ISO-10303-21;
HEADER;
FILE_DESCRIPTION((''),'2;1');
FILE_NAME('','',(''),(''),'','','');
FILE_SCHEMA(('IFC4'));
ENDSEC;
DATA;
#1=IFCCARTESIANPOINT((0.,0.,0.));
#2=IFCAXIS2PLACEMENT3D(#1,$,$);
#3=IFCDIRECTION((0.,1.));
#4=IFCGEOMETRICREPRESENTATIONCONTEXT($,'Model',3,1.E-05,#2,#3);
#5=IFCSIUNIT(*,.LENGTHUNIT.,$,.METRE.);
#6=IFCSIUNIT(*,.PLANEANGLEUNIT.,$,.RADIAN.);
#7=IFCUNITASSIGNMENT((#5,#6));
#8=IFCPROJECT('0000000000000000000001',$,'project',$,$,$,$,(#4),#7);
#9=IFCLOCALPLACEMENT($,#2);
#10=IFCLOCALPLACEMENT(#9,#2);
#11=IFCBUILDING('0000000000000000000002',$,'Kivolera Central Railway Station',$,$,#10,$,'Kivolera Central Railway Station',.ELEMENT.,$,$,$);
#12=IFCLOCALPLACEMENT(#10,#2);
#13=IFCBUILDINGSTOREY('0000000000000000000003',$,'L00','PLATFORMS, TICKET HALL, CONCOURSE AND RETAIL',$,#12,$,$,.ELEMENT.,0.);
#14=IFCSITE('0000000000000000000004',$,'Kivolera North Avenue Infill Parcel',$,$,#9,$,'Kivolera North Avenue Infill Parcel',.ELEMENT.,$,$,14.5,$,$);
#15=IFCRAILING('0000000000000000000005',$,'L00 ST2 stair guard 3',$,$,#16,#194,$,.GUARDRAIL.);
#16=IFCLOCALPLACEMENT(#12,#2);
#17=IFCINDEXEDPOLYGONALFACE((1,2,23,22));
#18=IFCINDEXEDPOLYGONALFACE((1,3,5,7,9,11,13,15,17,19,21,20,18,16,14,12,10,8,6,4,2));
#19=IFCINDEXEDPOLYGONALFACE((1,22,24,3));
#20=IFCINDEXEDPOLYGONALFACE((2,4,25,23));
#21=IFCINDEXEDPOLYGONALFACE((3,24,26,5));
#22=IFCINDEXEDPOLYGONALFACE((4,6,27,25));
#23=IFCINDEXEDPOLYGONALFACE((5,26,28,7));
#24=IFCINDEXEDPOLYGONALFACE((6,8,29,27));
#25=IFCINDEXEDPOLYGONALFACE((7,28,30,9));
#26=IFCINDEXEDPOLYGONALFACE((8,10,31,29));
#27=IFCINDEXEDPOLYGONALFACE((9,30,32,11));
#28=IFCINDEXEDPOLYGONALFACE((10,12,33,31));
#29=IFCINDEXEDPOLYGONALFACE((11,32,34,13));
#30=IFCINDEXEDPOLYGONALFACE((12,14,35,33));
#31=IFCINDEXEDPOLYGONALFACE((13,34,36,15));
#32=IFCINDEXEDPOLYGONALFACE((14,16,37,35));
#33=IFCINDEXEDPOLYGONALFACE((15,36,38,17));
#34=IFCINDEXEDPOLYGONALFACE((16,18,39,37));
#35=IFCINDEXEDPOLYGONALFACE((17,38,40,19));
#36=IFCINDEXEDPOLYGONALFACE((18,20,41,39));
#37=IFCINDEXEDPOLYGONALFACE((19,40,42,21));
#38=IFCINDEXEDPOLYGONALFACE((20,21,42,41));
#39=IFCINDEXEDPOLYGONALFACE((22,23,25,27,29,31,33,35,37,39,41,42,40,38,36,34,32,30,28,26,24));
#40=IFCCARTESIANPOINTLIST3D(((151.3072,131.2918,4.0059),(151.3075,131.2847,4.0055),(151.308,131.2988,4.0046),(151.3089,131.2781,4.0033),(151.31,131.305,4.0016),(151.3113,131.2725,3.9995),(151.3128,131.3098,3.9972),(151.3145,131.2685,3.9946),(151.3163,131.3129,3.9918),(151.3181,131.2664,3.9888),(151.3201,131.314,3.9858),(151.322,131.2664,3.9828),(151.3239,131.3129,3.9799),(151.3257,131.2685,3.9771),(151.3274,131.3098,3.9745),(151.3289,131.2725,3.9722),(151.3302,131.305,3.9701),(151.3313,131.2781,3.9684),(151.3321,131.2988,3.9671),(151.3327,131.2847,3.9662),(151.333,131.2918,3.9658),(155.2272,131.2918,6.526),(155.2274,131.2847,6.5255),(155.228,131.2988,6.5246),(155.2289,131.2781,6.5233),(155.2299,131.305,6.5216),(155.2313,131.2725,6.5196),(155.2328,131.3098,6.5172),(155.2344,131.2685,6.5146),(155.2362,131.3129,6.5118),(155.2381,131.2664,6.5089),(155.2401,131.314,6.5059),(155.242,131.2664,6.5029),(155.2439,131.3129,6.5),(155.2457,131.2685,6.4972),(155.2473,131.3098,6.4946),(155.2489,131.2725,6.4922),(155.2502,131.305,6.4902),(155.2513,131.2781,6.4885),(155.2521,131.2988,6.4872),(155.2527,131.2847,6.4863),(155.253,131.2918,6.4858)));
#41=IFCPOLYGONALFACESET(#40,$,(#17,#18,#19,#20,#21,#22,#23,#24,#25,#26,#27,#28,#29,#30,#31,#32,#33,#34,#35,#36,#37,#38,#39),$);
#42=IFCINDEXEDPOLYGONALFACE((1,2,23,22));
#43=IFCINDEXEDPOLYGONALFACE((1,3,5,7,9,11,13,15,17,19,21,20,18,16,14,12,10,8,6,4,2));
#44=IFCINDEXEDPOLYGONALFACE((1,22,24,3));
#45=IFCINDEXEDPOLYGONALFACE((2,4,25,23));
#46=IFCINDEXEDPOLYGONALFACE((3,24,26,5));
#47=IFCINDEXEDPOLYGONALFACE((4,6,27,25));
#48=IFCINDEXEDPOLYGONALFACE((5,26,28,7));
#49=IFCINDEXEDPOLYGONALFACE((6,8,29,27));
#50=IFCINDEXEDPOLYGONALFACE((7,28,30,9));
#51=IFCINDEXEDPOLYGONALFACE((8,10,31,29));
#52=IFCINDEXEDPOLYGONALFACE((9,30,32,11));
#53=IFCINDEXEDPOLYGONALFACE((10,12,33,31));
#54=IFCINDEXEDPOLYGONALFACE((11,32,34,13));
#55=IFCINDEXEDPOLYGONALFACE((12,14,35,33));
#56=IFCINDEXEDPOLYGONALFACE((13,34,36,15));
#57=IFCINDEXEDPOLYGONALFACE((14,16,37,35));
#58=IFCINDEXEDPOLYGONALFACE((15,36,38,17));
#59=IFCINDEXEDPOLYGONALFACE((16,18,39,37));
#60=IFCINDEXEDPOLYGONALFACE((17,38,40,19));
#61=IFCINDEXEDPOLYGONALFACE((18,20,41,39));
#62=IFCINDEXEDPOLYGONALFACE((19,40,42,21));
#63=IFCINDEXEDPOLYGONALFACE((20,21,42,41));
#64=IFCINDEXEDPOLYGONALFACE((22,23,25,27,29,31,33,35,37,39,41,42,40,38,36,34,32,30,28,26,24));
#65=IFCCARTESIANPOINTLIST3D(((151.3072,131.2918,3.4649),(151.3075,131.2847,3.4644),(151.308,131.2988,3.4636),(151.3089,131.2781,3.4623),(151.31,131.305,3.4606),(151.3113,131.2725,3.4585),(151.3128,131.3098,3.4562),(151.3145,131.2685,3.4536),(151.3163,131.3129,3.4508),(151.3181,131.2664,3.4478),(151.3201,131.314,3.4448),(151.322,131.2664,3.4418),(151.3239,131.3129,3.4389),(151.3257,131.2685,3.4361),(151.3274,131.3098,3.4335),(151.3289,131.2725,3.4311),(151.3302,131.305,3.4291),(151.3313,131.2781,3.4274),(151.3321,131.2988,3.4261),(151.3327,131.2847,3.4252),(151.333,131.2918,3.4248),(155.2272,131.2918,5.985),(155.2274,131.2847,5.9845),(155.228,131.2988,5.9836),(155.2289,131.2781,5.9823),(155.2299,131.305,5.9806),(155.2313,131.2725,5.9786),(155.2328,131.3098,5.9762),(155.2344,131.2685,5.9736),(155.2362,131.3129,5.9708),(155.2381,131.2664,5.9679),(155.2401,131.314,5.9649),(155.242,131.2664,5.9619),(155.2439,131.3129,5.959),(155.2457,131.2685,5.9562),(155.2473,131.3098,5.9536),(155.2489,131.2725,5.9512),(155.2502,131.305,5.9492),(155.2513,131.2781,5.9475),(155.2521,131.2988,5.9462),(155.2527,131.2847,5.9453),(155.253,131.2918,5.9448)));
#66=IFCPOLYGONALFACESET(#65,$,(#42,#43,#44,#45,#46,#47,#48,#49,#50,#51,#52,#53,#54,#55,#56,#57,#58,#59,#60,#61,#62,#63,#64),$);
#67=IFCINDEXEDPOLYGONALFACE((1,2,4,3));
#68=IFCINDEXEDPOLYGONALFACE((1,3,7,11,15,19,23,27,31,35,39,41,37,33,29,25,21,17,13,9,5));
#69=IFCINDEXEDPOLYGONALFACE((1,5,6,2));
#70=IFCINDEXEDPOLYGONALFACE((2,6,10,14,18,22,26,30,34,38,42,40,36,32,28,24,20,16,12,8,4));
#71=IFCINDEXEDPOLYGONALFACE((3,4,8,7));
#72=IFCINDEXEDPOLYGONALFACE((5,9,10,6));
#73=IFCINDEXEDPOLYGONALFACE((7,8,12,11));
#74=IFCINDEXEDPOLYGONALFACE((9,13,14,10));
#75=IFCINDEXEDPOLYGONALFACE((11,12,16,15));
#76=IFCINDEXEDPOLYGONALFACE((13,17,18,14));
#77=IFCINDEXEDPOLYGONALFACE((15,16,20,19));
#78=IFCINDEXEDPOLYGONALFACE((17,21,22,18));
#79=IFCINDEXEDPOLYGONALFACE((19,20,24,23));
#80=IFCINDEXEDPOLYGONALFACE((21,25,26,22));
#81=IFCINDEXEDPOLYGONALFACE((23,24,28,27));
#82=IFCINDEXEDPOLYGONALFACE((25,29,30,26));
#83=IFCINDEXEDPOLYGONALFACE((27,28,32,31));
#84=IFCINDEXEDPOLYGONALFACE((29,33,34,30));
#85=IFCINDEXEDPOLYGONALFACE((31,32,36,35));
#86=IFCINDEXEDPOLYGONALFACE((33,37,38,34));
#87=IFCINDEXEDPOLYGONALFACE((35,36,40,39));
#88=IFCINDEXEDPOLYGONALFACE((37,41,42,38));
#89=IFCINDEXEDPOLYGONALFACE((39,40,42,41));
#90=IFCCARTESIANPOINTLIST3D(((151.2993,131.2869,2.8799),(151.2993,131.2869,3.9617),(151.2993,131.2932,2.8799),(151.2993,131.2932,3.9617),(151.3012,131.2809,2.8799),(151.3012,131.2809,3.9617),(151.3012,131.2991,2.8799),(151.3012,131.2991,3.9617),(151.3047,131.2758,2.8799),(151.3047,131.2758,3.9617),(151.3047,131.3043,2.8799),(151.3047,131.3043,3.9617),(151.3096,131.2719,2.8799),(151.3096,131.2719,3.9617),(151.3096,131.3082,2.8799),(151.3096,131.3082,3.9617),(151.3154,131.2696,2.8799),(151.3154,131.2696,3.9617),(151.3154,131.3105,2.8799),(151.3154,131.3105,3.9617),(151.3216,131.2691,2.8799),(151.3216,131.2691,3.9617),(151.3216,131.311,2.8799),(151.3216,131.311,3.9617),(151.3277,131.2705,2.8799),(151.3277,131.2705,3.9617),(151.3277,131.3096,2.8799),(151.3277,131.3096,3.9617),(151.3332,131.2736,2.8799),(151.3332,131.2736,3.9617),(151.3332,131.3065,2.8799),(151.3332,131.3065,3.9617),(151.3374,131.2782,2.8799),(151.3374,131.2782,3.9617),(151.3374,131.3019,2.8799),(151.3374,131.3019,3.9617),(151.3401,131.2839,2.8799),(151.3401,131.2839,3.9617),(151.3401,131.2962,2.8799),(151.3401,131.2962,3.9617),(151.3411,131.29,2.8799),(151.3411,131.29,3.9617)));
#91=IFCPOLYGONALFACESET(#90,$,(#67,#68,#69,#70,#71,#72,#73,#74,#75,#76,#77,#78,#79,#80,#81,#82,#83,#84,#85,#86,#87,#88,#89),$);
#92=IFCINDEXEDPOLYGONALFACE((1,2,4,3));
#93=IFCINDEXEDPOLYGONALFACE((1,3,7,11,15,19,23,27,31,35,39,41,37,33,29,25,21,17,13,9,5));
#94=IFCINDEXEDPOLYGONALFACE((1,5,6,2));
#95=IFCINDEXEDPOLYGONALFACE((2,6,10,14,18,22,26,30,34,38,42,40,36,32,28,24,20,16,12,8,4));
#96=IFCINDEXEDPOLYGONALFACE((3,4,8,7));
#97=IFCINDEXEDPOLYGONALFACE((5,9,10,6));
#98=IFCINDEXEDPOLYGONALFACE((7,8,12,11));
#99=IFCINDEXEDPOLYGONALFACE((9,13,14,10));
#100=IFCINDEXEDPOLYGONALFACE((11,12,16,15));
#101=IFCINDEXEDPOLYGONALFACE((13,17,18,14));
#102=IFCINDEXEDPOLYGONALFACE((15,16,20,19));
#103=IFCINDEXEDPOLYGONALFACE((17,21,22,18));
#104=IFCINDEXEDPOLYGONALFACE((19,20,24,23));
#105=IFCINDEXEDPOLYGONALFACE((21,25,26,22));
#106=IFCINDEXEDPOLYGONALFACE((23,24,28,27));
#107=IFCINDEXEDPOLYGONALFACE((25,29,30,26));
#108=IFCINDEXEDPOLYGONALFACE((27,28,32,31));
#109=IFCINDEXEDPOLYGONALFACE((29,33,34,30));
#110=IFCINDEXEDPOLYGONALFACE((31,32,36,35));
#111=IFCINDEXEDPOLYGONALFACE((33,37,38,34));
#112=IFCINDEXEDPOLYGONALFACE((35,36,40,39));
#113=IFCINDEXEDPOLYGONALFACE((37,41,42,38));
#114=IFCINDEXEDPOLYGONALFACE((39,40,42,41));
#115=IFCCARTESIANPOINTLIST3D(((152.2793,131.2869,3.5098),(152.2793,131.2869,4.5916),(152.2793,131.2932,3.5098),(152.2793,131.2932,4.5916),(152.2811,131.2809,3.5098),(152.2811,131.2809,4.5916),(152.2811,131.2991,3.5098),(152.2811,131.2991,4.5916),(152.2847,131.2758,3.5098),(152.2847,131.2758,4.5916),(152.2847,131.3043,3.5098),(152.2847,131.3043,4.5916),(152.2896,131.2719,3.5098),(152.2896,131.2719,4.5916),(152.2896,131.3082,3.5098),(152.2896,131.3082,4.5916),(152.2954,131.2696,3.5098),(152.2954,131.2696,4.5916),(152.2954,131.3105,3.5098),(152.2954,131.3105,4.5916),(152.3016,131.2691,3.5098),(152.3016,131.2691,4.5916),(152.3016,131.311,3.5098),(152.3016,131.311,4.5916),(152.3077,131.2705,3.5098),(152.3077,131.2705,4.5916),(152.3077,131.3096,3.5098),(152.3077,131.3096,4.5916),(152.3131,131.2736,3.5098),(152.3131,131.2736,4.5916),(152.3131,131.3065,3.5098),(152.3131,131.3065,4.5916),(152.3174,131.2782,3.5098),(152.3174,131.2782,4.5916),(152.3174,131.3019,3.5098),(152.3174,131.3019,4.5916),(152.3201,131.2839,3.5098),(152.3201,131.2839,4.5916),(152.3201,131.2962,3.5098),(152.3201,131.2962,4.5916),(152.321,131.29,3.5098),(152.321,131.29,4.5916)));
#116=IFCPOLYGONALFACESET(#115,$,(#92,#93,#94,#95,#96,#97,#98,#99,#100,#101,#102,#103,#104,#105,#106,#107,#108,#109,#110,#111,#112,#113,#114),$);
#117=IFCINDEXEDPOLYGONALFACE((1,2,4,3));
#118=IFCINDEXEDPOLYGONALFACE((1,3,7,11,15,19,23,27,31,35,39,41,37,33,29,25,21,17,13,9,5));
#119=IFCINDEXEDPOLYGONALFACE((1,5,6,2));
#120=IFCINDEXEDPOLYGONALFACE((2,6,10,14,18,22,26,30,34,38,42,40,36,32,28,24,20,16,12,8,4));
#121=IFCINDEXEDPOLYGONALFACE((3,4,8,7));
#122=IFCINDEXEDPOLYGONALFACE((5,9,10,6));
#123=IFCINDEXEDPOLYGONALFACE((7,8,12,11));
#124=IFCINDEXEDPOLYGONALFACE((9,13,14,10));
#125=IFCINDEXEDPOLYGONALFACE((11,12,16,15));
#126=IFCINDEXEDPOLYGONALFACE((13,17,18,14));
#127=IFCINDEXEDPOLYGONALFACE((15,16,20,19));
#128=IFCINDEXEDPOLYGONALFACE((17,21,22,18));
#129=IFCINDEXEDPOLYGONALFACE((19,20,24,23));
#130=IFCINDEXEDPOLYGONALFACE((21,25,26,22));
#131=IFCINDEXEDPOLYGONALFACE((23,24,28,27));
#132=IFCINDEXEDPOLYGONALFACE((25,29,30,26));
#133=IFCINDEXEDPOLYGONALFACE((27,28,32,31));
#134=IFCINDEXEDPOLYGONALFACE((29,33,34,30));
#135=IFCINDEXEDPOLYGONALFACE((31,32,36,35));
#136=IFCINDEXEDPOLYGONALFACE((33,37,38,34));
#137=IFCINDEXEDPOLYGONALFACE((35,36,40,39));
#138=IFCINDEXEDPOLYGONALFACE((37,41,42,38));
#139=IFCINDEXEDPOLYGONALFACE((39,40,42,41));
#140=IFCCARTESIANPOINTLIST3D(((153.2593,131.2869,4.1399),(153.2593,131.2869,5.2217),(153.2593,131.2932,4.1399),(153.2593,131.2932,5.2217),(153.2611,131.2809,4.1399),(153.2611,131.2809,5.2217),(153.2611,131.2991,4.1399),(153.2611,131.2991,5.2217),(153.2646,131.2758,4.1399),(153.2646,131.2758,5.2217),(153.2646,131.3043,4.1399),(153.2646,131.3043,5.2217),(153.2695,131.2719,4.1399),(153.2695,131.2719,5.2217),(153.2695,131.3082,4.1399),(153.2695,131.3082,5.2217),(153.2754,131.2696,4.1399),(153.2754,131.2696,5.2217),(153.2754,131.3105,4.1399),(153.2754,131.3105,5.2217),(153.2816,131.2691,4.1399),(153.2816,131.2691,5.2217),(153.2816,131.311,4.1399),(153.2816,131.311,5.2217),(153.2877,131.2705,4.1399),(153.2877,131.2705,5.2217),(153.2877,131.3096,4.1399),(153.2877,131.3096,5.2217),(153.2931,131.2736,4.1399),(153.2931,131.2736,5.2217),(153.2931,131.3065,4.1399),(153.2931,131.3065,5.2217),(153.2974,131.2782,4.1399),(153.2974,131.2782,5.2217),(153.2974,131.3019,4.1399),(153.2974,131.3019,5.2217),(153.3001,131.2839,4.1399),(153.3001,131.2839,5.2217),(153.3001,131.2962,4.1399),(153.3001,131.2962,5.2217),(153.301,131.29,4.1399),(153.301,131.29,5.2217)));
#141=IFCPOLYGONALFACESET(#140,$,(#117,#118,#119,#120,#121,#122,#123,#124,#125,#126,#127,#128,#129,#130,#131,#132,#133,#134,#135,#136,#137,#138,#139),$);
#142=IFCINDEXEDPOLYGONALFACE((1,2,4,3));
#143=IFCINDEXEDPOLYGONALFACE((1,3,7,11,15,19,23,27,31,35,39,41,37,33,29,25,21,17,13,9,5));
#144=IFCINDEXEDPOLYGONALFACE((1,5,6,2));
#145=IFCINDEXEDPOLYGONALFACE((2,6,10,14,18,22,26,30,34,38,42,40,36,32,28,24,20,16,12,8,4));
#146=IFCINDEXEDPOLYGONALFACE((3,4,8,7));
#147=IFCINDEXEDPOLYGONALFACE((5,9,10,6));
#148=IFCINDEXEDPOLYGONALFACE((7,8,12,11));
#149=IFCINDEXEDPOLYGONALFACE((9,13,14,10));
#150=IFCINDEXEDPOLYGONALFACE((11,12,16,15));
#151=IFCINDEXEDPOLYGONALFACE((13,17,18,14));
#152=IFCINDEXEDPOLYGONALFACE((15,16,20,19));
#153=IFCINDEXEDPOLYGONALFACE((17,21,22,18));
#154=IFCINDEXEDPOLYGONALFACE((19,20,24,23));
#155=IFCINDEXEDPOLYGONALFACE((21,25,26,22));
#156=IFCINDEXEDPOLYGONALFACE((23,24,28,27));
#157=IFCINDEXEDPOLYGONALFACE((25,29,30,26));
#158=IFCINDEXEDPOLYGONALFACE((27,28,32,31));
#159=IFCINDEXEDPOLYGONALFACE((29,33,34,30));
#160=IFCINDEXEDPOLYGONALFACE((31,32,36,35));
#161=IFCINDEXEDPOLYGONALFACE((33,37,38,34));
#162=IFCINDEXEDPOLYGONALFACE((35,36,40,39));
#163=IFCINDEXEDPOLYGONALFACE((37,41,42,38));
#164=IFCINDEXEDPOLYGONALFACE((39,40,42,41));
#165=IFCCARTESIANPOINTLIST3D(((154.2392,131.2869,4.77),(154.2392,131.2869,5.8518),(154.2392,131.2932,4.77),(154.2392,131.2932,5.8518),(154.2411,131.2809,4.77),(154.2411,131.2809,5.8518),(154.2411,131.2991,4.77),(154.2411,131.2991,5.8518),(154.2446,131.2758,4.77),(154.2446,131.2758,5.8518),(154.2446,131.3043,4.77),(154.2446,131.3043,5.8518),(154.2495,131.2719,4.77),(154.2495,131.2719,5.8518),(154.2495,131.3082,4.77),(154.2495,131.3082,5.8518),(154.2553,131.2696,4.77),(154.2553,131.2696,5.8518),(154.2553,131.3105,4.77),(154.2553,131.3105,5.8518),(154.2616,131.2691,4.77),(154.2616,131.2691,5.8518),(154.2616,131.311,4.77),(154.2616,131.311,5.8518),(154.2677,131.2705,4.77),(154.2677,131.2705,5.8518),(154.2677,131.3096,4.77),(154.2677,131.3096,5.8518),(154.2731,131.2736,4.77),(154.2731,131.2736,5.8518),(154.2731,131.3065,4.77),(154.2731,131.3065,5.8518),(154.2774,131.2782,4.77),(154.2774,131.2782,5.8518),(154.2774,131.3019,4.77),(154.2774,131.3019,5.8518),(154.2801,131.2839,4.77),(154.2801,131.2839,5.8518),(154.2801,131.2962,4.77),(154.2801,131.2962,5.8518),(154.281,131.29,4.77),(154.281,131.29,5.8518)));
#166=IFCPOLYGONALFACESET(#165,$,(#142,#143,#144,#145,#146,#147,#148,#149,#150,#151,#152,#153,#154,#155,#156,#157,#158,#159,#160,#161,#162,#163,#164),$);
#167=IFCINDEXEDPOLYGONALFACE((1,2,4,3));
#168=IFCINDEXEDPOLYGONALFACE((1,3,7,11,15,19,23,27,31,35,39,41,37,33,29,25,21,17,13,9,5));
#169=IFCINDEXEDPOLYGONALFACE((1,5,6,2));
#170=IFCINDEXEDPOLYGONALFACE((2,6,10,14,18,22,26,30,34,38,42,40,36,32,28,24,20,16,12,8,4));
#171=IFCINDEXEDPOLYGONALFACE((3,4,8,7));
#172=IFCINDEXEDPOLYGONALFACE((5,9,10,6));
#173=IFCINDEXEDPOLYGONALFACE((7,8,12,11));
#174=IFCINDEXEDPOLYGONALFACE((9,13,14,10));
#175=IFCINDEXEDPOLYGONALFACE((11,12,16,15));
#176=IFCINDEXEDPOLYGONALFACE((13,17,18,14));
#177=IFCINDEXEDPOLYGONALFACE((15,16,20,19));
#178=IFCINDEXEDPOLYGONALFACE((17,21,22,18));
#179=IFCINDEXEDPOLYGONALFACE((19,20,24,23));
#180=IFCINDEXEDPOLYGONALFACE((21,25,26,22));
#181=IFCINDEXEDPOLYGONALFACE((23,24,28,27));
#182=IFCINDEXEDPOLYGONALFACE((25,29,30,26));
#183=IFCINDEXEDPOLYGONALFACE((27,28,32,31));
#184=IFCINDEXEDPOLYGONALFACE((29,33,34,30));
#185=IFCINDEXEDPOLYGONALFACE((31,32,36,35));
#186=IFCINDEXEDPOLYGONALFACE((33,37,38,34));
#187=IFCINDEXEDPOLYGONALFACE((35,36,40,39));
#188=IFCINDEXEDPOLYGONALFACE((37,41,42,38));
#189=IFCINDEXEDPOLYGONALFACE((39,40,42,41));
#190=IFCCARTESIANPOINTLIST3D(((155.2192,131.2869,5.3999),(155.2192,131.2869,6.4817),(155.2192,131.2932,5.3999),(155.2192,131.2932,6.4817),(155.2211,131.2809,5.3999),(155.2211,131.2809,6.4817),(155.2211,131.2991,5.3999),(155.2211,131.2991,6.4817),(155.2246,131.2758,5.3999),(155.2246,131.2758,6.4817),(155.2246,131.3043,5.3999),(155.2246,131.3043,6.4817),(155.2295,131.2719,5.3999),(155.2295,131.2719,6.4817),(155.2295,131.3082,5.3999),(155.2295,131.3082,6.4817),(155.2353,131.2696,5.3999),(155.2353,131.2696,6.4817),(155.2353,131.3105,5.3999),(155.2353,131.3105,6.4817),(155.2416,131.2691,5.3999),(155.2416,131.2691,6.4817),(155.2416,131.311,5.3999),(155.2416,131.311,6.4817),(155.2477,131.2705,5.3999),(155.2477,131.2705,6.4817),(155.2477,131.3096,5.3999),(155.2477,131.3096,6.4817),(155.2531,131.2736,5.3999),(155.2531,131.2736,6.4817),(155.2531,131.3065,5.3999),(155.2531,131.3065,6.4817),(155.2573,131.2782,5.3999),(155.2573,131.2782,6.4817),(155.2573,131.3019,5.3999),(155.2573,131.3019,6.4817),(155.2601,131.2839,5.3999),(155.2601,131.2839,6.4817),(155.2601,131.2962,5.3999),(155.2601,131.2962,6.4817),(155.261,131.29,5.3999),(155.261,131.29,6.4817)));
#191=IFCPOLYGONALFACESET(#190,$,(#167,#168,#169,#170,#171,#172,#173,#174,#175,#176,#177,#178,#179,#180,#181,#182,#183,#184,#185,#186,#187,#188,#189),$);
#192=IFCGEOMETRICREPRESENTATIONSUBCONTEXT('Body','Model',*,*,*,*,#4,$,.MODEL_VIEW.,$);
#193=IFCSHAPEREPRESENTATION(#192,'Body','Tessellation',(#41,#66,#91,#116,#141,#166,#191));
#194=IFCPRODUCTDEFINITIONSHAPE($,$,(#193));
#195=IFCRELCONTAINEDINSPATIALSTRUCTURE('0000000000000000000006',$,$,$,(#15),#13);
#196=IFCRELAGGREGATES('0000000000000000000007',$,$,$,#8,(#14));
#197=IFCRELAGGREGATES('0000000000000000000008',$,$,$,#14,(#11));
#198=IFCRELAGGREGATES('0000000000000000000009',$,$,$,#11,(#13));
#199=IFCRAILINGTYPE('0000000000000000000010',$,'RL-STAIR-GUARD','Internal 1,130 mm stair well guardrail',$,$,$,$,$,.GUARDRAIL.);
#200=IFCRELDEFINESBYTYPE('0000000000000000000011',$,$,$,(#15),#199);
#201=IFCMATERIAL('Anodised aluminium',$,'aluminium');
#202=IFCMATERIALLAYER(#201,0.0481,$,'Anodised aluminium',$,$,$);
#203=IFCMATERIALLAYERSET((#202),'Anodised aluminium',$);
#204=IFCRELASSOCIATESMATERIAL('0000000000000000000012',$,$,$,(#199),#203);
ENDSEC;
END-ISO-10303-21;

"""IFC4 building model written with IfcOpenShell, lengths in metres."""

from ifc_helpers import new_model, si_unit, direction, frame, origin, origin_2d, place, context, subcontext, project, spatial, circle, extrude, material, layer, layer_set, type_object, element, save


model = new_model("IFC4")

# Units and contexts
model_context = context("Model", 3, precision=1e-05, world=origin(), true_north=direction((0.0, 1.0)))
body_context = subcontext(model_context, "Body", "Model", "MODEL_VIEW")
ifc_project = project(units=[si_unit("LENGTHUNIT", "METRE"), si_unit("PLANEANGLEUNIT", "RADIAN")], contexts=[model_context])

# Site, building, storey
site_placement = place(None, origin())
site = spatial("IfcSite", under=ifc_project, at=site_placement, Name="Kivolera North Avenue Infill Parcel", LongName="Kivolera North Avenue Infill Parcel", CompositionType="ELEMENT", RefElevation=14.5)
building_placement = place(site_placement, origin())
building = spatial("IfcBuilding", under=site, at=building_placement, Name="Kivolera Central Railway Station", LongName="Kivolera Central Railway Station", CompositionType="ELEMENT")
storey_placement = place(building_placement, origin())
storey = spatial("IfcBuildingStorey", under=building, at=storey_placement, Name="L00", Description="PLATFORMS, TICKET HALL, CONCOURSE AND RETAIL", CompositionType="ELEMENT", Elevation=0.0)

# Shared definitions
ifc_material_1 = material(Name="Anodised aluminium", Category="aluminium")

# Railing
ifc_layer_1 = layer(ifc_material_1, 0.0481, Name="Anodised aluminium")
ifc_layer_set_1 = layer_set([ifc_layer_1], Name="Anodised aluminium")
railing_type_1 = type_object("IfcRailingType", Name="RL-STAIR-GUARD", Description="Internal 1,130 mm stair well guardrail", PredefinedType="GUARDRAIL", material=ifc_layer_set_1)
railing_1_placement = place(storey_placement, frame((151.3201, 131.29, 2.8799)))
element("IfcRailing", 1, at=railing_1_placement, inside=storey, type_object=railing_type_1, Name="L00 ST2 stair guard 3", PredefinedType="GUARDRAIL", context=body_context, shape_type="SweptSolid", body=[
    extrude(circle(Radius=0.0239, at=origin_2d()), frame((0.0, 0.0, 1.106), z_axis=(0.841172, 0.0, 0.540768), x_axis=(0.0, 1.0, 0.0)), (0.0, 0.0, 1.0), 4.6602),
    extrude(circle(Radius=0.0239, at=origin_2d()), frame((0.0, 0.0, 0.5649), z_axis=(0.841172, 0.0, 0.540768), x_axis=(0.0, 1.0, 0.0)), (0.0, 0.0, 1.0), 4.6602),
    extrude(circle(Radius=0.021, at=origin_2d()), origin(), (0.0, 0.0, 1.0), 1.0818),
    extrude(circle(Radius=0.021, at=origin_2d()), frame((0.98, 0.0, 0.6299)), (0.0, 0.0, 1.0), 1.0818),
    extrude(circle(Radius=0.021, at=origin_2d()), frame((1.96, 0.0, 1.26)), (0.0, 0.0, 1.0), 1.0818),
    extrude(circle(Radius=0.021, at=origin_2d()), frame((2.9399, 0.0, 1.8901)), (0.0, 0.0, 1.0), 1.0818),
    extrude(circle(Radius=0.021, at=origin_2d()), frame((3.9199, 0.0, 2.52)), (0.0, 0.0, 1.0), 1.0818),
])

save(model, "model.ifc")
